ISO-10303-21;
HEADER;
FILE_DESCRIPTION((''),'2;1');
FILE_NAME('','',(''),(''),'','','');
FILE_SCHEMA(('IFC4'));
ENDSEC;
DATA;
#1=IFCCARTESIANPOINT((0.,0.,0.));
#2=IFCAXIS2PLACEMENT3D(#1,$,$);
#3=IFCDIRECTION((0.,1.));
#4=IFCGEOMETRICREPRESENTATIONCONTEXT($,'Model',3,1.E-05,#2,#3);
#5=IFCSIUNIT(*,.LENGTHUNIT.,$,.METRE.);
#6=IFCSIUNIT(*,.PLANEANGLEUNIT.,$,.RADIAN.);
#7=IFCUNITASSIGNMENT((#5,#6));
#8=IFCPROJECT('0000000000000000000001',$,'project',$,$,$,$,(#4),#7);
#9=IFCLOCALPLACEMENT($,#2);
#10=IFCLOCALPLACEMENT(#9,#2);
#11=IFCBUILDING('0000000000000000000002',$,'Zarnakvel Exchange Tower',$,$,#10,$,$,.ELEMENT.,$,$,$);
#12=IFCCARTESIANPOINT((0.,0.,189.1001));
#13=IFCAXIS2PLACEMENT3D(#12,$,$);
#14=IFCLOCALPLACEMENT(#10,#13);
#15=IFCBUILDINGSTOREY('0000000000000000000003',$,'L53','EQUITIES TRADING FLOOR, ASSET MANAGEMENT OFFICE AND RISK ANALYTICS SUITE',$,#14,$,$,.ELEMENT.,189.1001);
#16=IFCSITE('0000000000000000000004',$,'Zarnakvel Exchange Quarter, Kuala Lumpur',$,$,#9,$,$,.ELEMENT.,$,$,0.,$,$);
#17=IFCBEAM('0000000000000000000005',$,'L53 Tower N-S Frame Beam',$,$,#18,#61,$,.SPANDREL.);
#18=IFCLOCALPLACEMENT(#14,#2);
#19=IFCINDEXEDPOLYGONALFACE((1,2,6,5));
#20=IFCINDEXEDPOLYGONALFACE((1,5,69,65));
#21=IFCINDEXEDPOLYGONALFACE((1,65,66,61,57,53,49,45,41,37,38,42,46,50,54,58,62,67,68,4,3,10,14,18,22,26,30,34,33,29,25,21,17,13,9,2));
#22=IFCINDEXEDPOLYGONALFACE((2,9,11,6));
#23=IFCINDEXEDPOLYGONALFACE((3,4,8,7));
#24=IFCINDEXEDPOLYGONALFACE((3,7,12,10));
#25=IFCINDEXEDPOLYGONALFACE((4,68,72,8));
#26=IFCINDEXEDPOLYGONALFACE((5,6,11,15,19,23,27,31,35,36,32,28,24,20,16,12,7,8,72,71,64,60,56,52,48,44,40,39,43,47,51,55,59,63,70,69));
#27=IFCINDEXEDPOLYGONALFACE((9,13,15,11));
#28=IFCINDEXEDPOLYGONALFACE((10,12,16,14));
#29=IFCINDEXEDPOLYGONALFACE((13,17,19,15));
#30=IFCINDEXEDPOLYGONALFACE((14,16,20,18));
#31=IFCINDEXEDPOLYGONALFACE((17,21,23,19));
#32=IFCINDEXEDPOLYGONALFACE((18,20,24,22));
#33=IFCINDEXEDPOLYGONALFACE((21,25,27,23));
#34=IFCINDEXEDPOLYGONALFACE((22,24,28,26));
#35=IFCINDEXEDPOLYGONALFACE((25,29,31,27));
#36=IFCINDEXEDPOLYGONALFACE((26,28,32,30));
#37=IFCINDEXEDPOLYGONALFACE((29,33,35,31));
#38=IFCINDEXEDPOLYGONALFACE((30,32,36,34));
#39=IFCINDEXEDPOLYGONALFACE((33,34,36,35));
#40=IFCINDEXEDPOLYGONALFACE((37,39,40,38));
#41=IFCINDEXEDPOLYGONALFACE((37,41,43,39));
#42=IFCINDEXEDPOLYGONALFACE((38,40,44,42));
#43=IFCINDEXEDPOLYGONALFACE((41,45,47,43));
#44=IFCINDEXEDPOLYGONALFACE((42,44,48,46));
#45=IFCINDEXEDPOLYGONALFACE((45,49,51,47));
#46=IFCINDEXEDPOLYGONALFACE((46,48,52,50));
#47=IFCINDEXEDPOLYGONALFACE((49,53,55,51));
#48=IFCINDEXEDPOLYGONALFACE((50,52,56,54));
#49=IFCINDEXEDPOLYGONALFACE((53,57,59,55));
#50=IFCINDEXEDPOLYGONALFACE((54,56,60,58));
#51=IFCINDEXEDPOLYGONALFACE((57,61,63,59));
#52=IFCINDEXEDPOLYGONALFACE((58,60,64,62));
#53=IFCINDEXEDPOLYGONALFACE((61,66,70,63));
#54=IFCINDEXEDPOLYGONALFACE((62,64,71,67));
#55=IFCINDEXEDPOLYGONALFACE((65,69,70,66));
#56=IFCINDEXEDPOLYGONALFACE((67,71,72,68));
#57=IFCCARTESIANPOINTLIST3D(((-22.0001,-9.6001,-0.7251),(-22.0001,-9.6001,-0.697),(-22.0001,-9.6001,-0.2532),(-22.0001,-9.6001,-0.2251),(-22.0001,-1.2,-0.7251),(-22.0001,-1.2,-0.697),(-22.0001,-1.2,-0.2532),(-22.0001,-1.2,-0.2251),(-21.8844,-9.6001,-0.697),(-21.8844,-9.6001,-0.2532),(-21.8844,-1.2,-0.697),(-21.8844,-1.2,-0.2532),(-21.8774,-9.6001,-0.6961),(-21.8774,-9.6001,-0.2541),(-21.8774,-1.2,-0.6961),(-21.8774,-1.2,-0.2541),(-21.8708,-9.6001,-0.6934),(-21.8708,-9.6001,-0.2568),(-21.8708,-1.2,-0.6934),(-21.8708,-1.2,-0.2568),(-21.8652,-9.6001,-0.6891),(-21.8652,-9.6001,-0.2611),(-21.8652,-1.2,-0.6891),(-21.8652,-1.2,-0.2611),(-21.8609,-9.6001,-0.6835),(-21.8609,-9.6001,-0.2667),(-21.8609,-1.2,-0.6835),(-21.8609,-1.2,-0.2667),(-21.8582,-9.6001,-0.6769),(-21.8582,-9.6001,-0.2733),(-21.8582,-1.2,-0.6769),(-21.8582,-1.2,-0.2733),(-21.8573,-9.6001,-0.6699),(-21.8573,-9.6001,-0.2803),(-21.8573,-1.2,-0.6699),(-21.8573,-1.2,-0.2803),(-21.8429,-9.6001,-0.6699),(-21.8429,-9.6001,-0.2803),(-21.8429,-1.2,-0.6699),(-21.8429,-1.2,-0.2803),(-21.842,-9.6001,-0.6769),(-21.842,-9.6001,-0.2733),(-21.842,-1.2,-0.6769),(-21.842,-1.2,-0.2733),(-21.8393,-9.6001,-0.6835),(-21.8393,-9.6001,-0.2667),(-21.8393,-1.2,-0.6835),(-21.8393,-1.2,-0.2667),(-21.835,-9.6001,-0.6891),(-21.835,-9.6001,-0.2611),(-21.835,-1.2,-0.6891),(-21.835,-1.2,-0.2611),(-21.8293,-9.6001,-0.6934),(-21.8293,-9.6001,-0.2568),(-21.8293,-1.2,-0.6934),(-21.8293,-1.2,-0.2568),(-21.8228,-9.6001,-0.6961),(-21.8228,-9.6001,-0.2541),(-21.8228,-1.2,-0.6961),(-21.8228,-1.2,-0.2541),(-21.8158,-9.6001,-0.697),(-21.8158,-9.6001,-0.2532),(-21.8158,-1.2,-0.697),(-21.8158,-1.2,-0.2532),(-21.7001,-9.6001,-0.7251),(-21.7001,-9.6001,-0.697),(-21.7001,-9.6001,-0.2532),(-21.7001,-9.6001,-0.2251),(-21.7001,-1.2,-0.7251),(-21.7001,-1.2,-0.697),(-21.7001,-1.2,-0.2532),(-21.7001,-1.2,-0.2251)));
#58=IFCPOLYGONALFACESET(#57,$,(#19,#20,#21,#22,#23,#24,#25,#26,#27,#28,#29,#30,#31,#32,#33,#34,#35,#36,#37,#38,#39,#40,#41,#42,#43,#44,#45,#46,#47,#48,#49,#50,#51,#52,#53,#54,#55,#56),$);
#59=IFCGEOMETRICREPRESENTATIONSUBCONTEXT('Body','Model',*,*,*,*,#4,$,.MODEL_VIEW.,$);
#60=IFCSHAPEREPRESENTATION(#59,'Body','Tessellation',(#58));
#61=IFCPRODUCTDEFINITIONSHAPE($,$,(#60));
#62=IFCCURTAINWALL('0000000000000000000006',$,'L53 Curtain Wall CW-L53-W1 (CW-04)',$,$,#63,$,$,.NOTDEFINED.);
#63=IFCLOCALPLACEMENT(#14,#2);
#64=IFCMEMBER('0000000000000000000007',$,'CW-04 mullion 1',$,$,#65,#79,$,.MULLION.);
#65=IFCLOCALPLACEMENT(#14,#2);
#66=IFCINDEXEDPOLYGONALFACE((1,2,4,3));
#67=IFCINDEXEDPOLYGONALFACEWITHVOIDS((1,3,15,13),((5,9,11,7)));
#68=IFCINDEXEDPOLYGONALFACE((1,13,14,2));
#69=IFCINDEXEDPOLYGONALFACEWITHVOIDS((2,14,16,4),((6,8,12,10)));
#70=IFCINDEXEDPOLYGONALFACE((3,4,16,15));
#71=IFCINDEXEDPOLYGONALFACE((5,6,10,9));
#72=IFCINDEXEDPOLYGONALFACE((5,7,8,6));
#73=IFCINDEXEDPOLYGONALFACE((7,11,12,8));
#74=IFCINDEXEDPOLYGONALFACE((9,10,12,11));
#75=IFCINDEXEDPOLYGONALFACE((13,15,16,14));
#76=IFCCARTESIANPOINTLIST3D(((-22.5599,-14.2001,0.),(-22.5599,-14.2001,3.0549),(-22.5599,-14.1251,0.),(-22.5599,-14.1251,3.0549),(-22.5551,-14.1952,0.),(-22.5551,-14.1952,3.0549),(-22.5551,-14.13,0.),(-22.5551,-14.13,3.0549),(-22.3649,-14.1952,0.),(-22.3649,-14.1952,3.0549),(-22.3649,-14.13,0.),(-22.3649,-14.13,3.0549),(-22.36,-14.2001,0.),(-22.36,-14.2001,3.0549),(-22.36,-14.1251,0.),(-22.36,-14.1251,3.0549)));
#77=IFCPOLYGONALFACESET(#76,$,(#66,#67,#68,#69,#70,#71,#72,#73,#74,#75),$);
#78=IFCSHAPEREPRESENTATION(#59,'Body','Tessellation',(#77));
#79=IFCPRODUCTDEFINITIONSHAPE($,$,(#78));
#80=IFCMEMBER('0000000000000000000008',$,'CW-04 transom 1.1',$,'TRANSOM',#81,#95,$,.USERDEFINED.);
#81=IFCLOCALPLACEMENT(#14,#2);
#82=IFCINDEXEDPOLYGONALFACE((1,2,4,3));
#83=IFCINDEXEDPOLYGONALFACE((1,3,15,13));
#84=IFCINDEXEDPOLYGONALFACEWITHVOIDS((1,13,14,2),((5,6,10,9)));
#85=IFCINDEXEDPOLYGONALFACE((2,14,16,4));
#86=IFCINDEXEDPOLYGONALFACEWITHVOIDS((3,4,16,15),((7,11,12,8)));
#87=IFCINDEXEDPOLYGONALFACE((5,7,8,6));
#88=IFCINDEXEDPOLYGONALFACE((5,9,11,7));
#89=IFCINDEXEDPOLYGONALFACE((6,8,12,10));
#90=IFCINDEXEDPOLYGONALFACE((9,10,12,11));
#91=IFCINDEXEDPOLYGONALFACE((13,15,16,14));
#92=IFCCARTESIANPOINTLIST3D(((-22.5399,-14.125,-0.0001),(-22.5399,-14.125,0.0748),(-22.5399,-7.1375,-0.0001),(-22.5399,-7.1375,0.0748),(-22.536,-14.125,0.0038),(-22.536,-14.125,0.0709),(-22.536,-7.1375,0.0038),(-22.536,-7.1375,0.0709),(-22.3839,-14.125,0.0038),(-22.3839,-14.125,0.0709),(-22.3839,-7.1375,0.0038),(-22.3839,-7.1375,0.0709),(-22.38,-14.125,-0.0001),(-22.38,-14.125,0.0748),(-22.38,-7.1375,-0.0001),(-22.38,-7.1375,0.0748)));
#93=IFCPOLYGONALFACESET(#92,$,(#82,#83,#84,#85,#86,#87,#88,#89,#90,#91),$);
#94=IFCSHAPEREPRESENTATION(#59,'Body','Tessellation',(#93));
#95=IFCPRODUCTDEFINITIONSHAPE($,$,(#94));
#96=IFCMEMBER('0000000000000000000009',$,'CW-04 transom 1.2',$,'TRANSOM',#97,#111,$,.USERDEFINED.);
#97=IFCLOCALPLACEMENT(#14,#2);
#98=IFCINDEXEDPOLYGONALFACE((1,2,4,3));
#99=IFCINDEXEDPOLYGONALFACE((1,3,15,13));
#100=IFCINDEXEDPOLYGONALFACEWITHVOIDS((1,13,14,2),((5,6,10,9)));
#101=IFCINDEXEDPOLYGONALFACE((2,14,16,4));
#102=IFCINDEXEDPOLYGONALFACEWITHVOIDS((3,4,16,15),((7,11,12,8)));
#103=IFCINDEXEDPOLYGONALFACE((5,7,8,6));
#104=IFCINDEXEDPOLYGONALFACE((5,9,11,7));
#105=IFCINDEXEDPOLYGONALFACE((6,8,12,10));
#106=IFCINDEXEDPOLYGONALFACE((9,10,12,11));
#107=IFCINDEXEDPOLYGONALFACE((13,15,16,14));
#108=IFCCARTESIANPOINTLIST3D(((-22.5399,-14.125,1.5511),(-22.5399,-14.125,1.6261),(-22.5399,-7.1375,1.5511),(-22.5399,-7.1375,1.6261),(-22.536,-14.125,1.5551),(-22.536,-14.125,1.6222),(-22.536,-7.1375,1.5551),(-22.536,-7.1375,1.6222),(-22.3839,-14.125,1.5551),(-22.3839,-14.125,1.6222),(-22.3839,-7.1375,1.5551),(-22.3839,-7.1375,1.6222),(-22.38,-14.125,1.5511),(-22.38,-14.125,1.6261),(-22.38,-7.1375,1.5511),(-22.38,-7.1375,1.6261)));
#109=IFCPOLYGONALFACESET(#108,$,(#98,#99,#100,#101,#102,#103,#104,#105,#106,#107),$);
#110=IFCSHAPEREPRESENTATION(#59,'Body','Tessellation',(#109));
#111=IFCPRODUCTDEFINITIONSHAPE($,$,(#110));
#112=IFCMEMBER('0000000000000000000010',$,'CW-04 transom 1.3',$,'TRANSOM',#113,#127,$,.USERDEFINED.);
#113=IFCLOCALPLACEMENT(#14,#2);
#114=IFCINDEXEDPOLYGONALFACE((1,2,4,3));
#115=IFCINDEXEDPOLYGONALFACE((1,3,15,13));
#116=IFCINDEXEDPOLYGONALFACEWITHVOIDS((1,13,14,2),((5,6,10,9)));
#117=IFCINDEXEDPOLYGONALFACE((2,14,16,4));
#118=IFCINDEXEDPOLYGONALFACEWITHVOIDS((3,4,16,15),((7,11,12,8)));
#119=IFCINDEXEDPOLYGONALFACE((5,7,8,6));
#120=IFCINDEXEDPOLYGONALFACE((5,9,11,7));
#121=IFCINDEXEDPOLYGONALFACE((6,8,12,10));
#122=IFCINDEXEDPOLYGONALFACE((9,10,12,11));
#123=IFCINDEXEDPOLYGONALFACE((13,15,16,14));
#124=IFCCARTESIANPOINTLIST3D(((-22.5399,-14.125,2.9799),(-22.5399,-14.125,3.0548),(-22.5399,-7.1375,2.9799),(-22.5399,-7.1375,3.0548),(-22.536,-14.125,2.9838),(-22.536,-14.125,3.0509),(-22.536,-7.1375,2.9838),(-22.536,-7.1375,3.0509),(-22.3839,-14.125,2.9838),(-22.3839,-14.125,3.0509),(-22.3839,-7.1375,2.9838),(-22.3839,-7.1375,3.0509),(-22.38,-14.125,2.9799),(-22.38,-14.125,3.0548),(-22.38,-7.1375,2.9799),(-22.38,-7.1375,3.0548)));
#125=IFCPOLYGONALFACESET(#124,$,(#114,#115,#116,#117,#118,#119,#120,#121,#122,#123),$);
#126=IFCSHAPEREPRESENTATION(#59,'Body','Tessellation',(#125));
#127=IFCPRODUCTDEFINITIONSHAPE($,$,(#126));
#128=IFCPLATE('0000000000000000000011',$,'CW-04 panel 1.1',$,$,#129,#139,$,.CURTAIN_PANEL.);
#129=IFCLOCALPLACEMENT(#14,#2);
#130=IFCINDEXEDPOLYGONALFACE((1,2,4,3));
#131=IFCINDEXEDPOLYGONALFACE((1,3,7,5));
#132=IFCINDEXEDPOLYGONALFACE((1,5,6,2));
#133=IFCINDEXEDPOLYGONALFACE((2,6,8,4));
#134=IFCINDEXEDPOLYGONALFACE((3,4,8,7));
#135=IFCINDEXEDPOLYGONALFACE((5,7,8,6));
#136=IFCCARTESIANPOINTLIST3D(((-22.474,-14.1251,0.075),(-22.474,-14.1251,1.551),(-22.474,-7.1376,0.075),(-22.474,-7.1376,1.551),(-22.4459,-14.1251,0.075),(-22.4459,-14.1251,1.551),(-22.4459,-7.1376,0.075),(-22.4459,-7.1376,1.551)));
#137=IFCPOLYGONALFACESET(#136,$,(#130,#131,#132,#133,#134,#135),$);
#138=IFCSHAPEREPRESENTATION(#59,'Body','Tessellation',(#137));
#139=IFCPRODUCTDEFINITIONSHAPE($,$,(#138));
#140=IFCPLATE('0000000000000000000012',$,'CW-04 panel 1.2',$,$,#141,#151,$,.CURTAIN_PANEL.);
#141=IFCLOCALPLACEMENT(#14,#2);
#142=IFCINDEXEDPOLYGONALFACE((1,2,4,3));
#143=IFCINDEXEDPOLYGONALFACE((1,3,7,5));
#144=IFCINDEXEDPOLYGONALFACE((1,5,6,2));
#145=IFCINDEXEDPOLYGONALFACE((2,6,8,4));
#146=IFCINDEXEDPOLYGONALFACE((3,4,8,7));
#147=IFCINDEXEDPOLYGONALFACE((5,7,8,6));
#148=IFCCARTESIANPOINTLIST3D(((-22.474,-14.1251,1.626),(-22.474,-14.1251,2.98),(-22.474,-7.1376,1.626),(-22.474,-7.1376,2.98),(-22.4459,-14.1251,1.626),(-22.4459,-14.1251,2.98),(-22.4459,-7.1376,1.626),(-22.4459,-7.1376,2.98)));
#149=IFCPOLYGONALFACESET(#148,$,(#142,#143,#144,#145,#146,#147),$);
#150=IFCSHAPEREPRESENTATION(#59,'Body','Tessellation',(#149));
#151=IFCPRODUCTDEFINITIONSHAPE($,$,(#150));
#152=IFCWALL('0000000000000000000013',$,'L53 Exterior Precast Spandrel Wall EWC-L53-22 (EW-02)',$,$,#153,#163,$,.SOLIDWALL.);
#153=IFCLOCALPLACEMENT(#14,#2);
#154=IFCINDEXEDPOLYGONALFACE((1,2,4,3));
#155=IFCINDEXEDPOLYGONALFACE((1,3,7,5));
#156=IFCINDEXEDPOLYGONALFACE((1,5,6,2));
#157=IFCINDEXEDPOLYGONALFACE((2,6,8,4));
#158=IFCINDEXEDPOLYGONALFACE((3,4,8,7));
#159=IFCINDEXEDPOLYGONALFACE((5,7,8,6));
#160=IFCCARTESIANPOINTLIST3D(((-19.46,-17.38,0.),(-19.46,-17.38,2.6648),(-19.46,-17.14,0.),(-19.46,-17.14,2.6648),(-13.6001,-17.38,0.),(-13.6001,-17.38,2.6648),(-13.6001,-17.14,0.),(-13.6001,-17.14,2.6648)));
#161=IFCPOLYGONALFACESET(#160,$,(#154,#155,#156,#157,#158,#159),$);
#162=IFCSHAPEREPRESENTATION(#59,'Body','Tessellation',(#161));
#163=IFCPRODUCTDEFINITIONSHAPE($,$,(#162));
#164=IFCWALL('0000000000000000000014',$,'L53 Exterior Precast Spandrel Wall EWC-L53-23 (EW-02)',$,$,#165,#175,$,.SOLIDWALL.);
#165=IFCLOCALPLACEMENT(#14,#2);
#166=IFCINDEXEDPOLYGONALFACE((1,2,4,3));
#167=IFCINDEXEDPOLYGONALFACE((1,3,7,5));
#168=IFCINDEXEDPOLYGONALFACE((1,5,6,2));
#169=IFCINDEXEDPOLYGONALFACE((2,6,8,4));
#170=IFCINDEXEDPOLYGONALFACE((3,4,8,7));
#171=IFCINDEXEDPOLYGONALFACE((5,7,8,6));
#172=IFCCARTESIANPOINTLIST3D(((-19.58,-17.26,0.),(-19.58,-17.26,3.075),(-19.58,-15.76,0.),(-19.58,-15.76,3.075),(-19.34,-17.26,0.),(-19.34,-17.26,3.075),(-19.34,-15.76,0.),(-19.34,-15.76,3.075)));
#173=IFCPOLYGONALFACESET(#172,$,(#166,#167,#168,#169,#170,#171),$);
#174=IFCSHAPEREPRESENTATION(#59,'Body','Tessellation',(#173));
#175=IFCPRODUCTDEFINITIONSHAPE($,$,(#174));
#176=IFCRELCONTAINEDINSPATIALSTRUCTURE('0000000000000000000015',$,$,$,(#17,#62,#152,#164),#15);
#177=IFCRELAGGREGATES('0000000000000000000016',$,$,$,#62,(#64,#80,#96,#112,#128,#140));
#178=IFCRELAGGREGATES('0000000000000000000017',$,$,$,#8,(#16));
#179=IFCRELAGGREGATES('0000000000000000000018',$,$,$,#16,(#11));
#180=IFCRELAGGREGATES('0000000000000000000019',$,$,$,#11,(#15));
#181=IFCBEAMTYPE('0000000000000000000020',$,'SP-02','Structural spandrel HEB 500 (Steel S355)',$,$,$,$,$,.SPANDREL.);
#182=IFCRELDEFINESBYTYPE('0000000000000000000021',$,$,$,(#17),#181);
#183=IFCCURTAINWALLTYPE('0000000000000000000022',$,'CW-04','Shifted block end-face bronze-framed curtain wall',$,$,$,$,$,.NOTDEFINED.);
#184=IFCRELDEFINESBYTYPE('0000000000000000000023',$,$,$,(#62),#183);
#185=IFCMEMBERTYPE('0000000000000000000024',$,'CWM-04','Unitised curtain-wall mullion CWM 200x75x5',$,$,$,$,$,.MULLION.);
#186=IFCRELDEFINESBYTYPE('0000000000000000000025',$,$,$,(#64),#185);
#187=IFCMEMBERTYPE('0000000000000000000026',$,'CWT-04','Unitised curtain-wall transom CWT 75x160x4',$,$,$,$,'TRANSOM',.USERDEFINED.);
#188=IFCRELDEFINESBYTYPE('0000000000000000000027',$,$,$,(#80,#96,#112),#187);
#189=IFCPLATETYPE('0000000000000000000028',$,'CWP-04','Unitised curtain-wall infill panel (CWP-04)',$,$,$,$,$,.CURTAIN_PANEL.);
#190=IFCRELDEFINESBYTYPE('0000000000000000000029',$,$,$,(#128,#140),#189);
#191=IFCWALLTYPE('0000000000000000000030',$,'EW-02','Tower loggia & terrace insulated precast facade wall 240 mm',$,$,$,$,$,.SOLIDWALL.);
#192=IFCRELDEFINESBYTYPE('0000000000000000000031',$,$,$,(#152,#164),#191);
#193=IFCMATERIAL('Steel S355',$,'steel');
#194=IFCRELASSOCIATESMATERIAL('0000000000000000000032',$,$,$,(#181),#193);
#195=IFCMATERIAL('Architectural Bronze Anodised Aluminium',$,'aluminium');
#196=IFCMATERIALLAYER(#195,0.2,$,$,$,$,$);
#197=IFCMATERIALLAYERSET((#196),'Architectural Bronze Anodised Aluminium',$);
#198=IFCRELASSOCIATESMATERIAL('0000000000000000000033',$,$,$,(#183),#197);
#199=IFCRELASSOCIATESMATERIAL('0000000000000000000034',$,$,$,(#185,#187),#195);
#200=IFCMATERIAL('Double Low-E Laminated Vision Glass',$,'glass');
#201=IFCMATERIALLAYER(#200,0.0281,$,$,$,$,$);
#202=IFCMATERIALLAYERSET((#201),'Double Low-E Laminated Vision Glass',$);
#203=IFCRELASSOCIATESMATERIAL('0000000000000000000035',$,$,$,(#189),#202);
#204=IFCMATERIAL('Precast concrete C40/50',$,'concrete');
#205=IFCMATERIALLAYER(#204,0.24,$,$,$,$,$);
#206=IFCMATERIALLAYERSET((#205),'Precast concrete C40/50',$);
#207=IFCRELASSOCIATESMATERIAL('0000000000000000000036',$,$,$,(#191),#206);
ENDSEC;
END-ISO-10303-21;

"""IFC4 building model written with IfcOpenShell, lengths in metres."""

from ifc_helpers import new_model, si_unit, direction, frame, frame_2d, origin, origin_2d, place, context, subcontext, project, spatial, rectangle, hollow_rectangle, i_section, extrude, source, transform, mapped, material, layer, layer_set, material_profile, profile_set, type_object, element, aggregate, save


model = new_model("IFC4")

# Units and contexts
model_context = context("Model", 3, precision=1e-05, world=origin(), true_north=direction((0.0, 1.0)))
body_context = subcontext(model_context, "Body", "Model", "MODEL_VIEW")
ifc_project = project(units=[si_unit("LENGTHUNIT", "METRE"), si_unit("PLANEANGLEUNIT", "RADIAN")], contexts=[model_context])

# Site, building, storey
site_placement = place(None, origin())
site = spatial("IfcSite", under=ifc_project, at=site_placement, Name="Zarnakvel Exchange Quarter, Kuala Lumpur", CompositionType="ELEMENT", RefElevation=0.0)
building_placement = place(site_placement, origin())
building = spatial("IfcBuilding", under=site, at=building_placement, Name="Zarnakvel Exchange Tower", CompositionType="ELEMENT")
storey_placement = place(building_placement, frame((0.0, 0.0, 189.1001)))
storey = spatial("IfcBuildingStorey", under=building, at=storey_placement, Name="L53", Description="EQUITIES TRADING FLOOR, ASSET MANAGEMENT OFFICE AND RISK ANALYTICS SUITE", CompositionType="ELEMENT", Elevation=189.1001)

# Shared definitions
ifc_material_1 = material(Name="Steel S355", Category="steel")

# Beam
ifc_material_profile_1 = material_profile(ifc_material_1, i_section(OverallWidth=0.3, OverallDepth=0.5, WebThickness=0.0144, FlangeThickness=0.0281, FilletRadius=0.0271, at=origin_2d()))
ifc_profile_set_1 = profile_set([ifc_material_profile_1], Name="Steel S355")
beam_type_1 = type_object("IfcBeamType", Name="SP-02", Description="Structural spandrel HEB 500 (Steel S355)", PredefinedType="SPANDREL", material=ifc_profile_set_1)
beam_1_placement = place(storey_placement, frame((-21.8501, -9.6001, -0.4751), z_axis=(0.0, 1.0, 0.0), x_axis=(-1.0, 0.0, 0.0)))
element("IfcBeam", 1, at=beam_1_placement, inside=storey, type_object=beam_type_1, Name="L53 Tower N-S Frame Beam", PredefinedType="SPANDREL", context=body_context, shape_type="SweptSolid", body=[
    extrude(i_section(OverallWidth=0.3, OverallDepth=0.5, WebThickness=0.0144, FlangeThickness=0.0281, FilletRadius=0.0271, at=origin_2d()), origin(), (0.0, 0.0, 1.0), 8.4001),
])

# Curtain wall, members, plates
ifc_material_2 = material(Name="Architectural Bronze Anodised Aluminium", Category="aluminium")
ifc_layer_1 = layer(ifc_material_2, 0.2)
ifc_layer_set_1 = layer_set([ifc_layer_1], Name="Architectural Bronze Anodised Aluminium")
curtain_wall_type = type_object("IfcCurtainWallType", Name="CW-04", Description="Shifted block end-face bronze-framed curtain wall", PredefinedType="NOTDEFINED", material=ifc_layer_set_1)
curtain_wall_placement = place(storey_placement, origin())
curtain_wall = element("IfcCurtainWall", 2, at=curtain_wall_placement, inside=storey, type_object=curtain_wall_type, Name="L53 Curtain Wall CW-L53-W1 (CW-04)", PredefinedType="NOTDEFINED")
ifc_material_profile_2 = material_profile(ifc_material_2, hollow_rectangle(XDim=0.2, YDim=0.075, WallThickness=0.0049, at=origin_2d()))
ifc_profile_set_2 = profile_set([ifc_material_profile_2], Name="Architectural Bronze Anodised Aluminium")
member_type_1 = type_object("IfcMemberType", Name="CWM-04", Description="Unitised curtain-wall mullion CWM 200x75x5", PredefinedType="MULLION", material=ifc_profile_set_2)
shared_shape_1 = source(origin(), body_context, "Body", "SweptSolid", [
    extrude(hollow_rectangle(XDim=0.2, YDim=0.075, WallThickness=0.0049, at=origin_2d()), origin(), (0.0, 0.0, 1.0), 3.0549),
])
member_1_placement = place(storey_placement, frame((-22.46, -14.1626, 0.0), z_axis=(0.0, 0.0, 1.0), x_axis=(-1.0, 0.0, 0.0)))
member_1 = element("IfcMember", 3, at=member_1_placement, type_object=member_type_1, Name="CW-04 mullion 1", PredefinedType="MULLION", context=body_context, shape_type="MappedRepresentation", body=[
    mapped(shared_shape_1, transform((0.0, 0.0, 0.0), x_axis=(1.0, 0.0, 0.0), y_axis=(0.0, 1.0, 0.0), z_axis=(0.0, 0.0, 1.0), scale=1.0)),
])
ifc_material_profile_3 = material_profile(ifc_material_2, hollow_rectangle(XDim=0.1599, YDim=0.075, WallThickness=0.0039, at=origin_2d()))
ifc_profile_set_3 = profile_set([ifc_material_profile_3], Name="Architectural Bronze Anodised Aluminium")
member_type_2 = type_object("IfcMemberType", Name="CWT-04", Description="Unitised curtain-wall transom CWT 75x160x4", ElementType="TRANSOM", PredefinedType="USERDEFINED", material=ifc_profile_set_3)
shared_shape_2 = source(origin(), body_context, "Body", "SweptSolid", [
    extrude(hollow_rectangle(XDim=0.1599, YDim=0.075, WallThickness=0.0039, at=origin_2d()), origin(), (0.0, 0.0, 1.0), 6.9875),
])
member_2_placement = place(storey_placement, frame((-22.46, -14.125, 0.0374), z_axis=(0.0, 1.0, 0.0), x_axis=(-1.0, 0.0, 0.0)))
member_2 = element("IfcMember", 4, at=member_2_placement, type_object=member_type_2, Name="CW-04 transom 1.1", ObjectType="TRANSOM", PredefinedType="USERDEFINED", context=body_context, shape_type="MappedRepresentation", body=[
    mapped(shared_shape_2, transform((0.0, 0.0, 0.0), x_axis=(1.0, 0.0, 0.0), y_axis=(0.0, 1.0, 0.0), z_axis=(0.0, 0.0, 1.0), scale=1.0)),
])
member_3_placement = place(storey_placement, frame((-22.46, -14.125, 1.5886), z_axis=(0.0, 1.0, 0.0), x_axis=(-1.0, 0.0, 0.0)))
member_3 = element("IfcMember", 5, at=member_3_placement, type_object=member_type_2, Name="CW-04 transom 1.2", ObjectType="TRANSOM", PredefinedType="USERDEFINED", context=body_context, shape_type="MappedRepresentation", body=[
    mapped(shared_shape_2, transform((0.0, 0.0, 0.0), x_axis=(1.0, 0.0, 0.0), y_axis=(0.0, 1.0, 0.0), z_axis=(0.0, 0.0, 1.0), scale=1.0)),
])
member_4_placement = place(storey_placement, frame((-22.46, -14.125, 3.0173), z_axis=(0.0, 1.0, 0.0), x_axis=(-1.0, 0.0, 0.0)))
member_4 = element("IfcMember", 6, at=member_4_placement, type_object=member_type_2, Name="CW-04 transom 1.3", ObjectType="TRANSOM", PredefinedType="USERDEFINED", context=body_context, shape_type="MappedRepresentation", body=[
    mapped(shared_shape_2, transform((0.0, 0.0, 0.0), x_axis=(1.0, 0.0, 0.0), y_axis=(0.0, 1.0, 0.0), z_axis=(0.0, 0.0, 1.0), scale=1.0)),
])
ifc_material_3 = material(Name="Double Low-E Laminated Vision Glass", Category="glass")
ifc_layer_2 = layer(ifc_material_3, 0.0281)
ifc_layer_set_2 = layer_set([ifc_layer_2], Name="Double Low-E Laminated Vision Glass")
plate_type = type_object("IfcPlateType", Name="CWP-04", Description="Unitised curtain-wall infill panel (CWP-04)", PredefinedType="CURTAIN_PANEL", material=ifc_layer_set_2)
shared_shape_3 = source(origin(), body_context, "Body", "SweptSolid", [
    extrude(rectangle(XDim=6.9875, YDim=0.0281, at=origin_2d()), origin(), (0.0, 0.0, 1.0), 1.4761),
])
plate_1_placement = place(storey_placement, frame((-22.46, -10.6313, 0.075), z_axis=(0.0, 0.0, 1.0), x_axis=(0.0, 1.0, 0.0)))
plate_1 = element("IfcPlate", 7, at=plate_1_placement, type_object=plate_type, Name="CW-04 panel 1.1", PredefinedType="CURTAIN_PANEL", context=body_context, shape_type="MappedRepresentation", body=[
    mapped(shared_shape_3, transform((0.0, 0.0, 0.0), x_axis=(1.0, 0.0, 0.0), y_axis=(0.0, 1.0, 0.0), z_axis=(0.0, 0.0, 1.0), scale=1.0)),
])
shared_shape_4 = source(origin(), body_context, "Body", "SweptSolid", [
    extrude(rectangle(XDim=6.9875, YDim=0.0281, at=origin_2d()), origin(), (0.0, 0.0, 1.0), 1.354),
])
plate_2_placement = place(storey_placement, frame((-22.46, -10.6313, 1.626), z_axis=(0.0, 0.0, 1.0), x_axis=(0.0, 1.0, 0.0)))
plate_2 = element("IfcPlate", 8, at=plate_2_placement, type_object=plate_type, Name="CW-04 panel 1.2", PredefinedType="CURTAIN_PANEL", context=body_context, shape_type="MappedRepresentation", body=[
    mapped(shared_shape_4, transform((0.0, 0.0, 0.0), x_axis=(1.0, 0.0, 0.0), y_axis=(0.0, 1.0, 0.0), z_axis=(0.0, 0.0, 1.0), scale=1.0)),
])
aggregate(curtain_wall, [member_1, member_2, member_3, member_4, plate_1, plate_2])

# Walls
ifc_material_4 = material(Name="Precast concrete C40/50", Category="concrete")
ifc_layer_3 = layer(ifc_material_4, 0.24)
ifc_layer_set_3 = layer_set([ifc_layer_3], Name="Precast concrete C40/50")
wall_type_1 = type_object("IfcWallType", Name="EW-02", Description="Tower loggia & terrace insulated precast facade wall 240 mm", PredefinedType="SOLIDWALL", material=ifc_layer_set_3)
wall_1_placement = place(storey_placement, frame((-19.46, -17.26, 0.0), z_axis=(0.0, 0.0, 1.0), x_axis=(1.0, 0.0, 0.0)))
element("IfcWall", 9, at=wall_1_placement, inside=storey, type_object=wall_type_1, Name="L53 Exterior Precast Spandrel Wall EWC-L53-22 (EW-02)", PredefinedType="SOLIDWALL", context=body_context, shape_type="SweptSolid", body=[
    extrude(rectangle(XDim=5.8599, YDim=0.24, at=frame_2d((2.9299, 0.0))), origin(), (0.0, 0.0, 1.0), 2.6648),
])
for number, where, z_axis, x_axis, name in (
    (10, (-19.46, -15.76, 0.0), (0.0, 0.0, 1.0), (0.0, -1.0, 0.0), "L53 Exterior Precast Spandrel Wall EWC-L53-23 (EW-02)"),
):
    element("IfcWall", number, at=place(storey_placement, frame(where, z_axis=z_axis, x_axis=x_axis)), inside=storey, type_object=wall_type_1, Name=name, PredefinedType="SOLIDWALL", context=body_context, shape_type="SweptSolid", body=[
        extrude(rectangle(XDim=1.5, YDim=0.24, at=frame_2d((0.75, 0.0))), origin(), (0.0, 0.0, 1.0), 3.075),
    ])

save(model, "model.ifc")
